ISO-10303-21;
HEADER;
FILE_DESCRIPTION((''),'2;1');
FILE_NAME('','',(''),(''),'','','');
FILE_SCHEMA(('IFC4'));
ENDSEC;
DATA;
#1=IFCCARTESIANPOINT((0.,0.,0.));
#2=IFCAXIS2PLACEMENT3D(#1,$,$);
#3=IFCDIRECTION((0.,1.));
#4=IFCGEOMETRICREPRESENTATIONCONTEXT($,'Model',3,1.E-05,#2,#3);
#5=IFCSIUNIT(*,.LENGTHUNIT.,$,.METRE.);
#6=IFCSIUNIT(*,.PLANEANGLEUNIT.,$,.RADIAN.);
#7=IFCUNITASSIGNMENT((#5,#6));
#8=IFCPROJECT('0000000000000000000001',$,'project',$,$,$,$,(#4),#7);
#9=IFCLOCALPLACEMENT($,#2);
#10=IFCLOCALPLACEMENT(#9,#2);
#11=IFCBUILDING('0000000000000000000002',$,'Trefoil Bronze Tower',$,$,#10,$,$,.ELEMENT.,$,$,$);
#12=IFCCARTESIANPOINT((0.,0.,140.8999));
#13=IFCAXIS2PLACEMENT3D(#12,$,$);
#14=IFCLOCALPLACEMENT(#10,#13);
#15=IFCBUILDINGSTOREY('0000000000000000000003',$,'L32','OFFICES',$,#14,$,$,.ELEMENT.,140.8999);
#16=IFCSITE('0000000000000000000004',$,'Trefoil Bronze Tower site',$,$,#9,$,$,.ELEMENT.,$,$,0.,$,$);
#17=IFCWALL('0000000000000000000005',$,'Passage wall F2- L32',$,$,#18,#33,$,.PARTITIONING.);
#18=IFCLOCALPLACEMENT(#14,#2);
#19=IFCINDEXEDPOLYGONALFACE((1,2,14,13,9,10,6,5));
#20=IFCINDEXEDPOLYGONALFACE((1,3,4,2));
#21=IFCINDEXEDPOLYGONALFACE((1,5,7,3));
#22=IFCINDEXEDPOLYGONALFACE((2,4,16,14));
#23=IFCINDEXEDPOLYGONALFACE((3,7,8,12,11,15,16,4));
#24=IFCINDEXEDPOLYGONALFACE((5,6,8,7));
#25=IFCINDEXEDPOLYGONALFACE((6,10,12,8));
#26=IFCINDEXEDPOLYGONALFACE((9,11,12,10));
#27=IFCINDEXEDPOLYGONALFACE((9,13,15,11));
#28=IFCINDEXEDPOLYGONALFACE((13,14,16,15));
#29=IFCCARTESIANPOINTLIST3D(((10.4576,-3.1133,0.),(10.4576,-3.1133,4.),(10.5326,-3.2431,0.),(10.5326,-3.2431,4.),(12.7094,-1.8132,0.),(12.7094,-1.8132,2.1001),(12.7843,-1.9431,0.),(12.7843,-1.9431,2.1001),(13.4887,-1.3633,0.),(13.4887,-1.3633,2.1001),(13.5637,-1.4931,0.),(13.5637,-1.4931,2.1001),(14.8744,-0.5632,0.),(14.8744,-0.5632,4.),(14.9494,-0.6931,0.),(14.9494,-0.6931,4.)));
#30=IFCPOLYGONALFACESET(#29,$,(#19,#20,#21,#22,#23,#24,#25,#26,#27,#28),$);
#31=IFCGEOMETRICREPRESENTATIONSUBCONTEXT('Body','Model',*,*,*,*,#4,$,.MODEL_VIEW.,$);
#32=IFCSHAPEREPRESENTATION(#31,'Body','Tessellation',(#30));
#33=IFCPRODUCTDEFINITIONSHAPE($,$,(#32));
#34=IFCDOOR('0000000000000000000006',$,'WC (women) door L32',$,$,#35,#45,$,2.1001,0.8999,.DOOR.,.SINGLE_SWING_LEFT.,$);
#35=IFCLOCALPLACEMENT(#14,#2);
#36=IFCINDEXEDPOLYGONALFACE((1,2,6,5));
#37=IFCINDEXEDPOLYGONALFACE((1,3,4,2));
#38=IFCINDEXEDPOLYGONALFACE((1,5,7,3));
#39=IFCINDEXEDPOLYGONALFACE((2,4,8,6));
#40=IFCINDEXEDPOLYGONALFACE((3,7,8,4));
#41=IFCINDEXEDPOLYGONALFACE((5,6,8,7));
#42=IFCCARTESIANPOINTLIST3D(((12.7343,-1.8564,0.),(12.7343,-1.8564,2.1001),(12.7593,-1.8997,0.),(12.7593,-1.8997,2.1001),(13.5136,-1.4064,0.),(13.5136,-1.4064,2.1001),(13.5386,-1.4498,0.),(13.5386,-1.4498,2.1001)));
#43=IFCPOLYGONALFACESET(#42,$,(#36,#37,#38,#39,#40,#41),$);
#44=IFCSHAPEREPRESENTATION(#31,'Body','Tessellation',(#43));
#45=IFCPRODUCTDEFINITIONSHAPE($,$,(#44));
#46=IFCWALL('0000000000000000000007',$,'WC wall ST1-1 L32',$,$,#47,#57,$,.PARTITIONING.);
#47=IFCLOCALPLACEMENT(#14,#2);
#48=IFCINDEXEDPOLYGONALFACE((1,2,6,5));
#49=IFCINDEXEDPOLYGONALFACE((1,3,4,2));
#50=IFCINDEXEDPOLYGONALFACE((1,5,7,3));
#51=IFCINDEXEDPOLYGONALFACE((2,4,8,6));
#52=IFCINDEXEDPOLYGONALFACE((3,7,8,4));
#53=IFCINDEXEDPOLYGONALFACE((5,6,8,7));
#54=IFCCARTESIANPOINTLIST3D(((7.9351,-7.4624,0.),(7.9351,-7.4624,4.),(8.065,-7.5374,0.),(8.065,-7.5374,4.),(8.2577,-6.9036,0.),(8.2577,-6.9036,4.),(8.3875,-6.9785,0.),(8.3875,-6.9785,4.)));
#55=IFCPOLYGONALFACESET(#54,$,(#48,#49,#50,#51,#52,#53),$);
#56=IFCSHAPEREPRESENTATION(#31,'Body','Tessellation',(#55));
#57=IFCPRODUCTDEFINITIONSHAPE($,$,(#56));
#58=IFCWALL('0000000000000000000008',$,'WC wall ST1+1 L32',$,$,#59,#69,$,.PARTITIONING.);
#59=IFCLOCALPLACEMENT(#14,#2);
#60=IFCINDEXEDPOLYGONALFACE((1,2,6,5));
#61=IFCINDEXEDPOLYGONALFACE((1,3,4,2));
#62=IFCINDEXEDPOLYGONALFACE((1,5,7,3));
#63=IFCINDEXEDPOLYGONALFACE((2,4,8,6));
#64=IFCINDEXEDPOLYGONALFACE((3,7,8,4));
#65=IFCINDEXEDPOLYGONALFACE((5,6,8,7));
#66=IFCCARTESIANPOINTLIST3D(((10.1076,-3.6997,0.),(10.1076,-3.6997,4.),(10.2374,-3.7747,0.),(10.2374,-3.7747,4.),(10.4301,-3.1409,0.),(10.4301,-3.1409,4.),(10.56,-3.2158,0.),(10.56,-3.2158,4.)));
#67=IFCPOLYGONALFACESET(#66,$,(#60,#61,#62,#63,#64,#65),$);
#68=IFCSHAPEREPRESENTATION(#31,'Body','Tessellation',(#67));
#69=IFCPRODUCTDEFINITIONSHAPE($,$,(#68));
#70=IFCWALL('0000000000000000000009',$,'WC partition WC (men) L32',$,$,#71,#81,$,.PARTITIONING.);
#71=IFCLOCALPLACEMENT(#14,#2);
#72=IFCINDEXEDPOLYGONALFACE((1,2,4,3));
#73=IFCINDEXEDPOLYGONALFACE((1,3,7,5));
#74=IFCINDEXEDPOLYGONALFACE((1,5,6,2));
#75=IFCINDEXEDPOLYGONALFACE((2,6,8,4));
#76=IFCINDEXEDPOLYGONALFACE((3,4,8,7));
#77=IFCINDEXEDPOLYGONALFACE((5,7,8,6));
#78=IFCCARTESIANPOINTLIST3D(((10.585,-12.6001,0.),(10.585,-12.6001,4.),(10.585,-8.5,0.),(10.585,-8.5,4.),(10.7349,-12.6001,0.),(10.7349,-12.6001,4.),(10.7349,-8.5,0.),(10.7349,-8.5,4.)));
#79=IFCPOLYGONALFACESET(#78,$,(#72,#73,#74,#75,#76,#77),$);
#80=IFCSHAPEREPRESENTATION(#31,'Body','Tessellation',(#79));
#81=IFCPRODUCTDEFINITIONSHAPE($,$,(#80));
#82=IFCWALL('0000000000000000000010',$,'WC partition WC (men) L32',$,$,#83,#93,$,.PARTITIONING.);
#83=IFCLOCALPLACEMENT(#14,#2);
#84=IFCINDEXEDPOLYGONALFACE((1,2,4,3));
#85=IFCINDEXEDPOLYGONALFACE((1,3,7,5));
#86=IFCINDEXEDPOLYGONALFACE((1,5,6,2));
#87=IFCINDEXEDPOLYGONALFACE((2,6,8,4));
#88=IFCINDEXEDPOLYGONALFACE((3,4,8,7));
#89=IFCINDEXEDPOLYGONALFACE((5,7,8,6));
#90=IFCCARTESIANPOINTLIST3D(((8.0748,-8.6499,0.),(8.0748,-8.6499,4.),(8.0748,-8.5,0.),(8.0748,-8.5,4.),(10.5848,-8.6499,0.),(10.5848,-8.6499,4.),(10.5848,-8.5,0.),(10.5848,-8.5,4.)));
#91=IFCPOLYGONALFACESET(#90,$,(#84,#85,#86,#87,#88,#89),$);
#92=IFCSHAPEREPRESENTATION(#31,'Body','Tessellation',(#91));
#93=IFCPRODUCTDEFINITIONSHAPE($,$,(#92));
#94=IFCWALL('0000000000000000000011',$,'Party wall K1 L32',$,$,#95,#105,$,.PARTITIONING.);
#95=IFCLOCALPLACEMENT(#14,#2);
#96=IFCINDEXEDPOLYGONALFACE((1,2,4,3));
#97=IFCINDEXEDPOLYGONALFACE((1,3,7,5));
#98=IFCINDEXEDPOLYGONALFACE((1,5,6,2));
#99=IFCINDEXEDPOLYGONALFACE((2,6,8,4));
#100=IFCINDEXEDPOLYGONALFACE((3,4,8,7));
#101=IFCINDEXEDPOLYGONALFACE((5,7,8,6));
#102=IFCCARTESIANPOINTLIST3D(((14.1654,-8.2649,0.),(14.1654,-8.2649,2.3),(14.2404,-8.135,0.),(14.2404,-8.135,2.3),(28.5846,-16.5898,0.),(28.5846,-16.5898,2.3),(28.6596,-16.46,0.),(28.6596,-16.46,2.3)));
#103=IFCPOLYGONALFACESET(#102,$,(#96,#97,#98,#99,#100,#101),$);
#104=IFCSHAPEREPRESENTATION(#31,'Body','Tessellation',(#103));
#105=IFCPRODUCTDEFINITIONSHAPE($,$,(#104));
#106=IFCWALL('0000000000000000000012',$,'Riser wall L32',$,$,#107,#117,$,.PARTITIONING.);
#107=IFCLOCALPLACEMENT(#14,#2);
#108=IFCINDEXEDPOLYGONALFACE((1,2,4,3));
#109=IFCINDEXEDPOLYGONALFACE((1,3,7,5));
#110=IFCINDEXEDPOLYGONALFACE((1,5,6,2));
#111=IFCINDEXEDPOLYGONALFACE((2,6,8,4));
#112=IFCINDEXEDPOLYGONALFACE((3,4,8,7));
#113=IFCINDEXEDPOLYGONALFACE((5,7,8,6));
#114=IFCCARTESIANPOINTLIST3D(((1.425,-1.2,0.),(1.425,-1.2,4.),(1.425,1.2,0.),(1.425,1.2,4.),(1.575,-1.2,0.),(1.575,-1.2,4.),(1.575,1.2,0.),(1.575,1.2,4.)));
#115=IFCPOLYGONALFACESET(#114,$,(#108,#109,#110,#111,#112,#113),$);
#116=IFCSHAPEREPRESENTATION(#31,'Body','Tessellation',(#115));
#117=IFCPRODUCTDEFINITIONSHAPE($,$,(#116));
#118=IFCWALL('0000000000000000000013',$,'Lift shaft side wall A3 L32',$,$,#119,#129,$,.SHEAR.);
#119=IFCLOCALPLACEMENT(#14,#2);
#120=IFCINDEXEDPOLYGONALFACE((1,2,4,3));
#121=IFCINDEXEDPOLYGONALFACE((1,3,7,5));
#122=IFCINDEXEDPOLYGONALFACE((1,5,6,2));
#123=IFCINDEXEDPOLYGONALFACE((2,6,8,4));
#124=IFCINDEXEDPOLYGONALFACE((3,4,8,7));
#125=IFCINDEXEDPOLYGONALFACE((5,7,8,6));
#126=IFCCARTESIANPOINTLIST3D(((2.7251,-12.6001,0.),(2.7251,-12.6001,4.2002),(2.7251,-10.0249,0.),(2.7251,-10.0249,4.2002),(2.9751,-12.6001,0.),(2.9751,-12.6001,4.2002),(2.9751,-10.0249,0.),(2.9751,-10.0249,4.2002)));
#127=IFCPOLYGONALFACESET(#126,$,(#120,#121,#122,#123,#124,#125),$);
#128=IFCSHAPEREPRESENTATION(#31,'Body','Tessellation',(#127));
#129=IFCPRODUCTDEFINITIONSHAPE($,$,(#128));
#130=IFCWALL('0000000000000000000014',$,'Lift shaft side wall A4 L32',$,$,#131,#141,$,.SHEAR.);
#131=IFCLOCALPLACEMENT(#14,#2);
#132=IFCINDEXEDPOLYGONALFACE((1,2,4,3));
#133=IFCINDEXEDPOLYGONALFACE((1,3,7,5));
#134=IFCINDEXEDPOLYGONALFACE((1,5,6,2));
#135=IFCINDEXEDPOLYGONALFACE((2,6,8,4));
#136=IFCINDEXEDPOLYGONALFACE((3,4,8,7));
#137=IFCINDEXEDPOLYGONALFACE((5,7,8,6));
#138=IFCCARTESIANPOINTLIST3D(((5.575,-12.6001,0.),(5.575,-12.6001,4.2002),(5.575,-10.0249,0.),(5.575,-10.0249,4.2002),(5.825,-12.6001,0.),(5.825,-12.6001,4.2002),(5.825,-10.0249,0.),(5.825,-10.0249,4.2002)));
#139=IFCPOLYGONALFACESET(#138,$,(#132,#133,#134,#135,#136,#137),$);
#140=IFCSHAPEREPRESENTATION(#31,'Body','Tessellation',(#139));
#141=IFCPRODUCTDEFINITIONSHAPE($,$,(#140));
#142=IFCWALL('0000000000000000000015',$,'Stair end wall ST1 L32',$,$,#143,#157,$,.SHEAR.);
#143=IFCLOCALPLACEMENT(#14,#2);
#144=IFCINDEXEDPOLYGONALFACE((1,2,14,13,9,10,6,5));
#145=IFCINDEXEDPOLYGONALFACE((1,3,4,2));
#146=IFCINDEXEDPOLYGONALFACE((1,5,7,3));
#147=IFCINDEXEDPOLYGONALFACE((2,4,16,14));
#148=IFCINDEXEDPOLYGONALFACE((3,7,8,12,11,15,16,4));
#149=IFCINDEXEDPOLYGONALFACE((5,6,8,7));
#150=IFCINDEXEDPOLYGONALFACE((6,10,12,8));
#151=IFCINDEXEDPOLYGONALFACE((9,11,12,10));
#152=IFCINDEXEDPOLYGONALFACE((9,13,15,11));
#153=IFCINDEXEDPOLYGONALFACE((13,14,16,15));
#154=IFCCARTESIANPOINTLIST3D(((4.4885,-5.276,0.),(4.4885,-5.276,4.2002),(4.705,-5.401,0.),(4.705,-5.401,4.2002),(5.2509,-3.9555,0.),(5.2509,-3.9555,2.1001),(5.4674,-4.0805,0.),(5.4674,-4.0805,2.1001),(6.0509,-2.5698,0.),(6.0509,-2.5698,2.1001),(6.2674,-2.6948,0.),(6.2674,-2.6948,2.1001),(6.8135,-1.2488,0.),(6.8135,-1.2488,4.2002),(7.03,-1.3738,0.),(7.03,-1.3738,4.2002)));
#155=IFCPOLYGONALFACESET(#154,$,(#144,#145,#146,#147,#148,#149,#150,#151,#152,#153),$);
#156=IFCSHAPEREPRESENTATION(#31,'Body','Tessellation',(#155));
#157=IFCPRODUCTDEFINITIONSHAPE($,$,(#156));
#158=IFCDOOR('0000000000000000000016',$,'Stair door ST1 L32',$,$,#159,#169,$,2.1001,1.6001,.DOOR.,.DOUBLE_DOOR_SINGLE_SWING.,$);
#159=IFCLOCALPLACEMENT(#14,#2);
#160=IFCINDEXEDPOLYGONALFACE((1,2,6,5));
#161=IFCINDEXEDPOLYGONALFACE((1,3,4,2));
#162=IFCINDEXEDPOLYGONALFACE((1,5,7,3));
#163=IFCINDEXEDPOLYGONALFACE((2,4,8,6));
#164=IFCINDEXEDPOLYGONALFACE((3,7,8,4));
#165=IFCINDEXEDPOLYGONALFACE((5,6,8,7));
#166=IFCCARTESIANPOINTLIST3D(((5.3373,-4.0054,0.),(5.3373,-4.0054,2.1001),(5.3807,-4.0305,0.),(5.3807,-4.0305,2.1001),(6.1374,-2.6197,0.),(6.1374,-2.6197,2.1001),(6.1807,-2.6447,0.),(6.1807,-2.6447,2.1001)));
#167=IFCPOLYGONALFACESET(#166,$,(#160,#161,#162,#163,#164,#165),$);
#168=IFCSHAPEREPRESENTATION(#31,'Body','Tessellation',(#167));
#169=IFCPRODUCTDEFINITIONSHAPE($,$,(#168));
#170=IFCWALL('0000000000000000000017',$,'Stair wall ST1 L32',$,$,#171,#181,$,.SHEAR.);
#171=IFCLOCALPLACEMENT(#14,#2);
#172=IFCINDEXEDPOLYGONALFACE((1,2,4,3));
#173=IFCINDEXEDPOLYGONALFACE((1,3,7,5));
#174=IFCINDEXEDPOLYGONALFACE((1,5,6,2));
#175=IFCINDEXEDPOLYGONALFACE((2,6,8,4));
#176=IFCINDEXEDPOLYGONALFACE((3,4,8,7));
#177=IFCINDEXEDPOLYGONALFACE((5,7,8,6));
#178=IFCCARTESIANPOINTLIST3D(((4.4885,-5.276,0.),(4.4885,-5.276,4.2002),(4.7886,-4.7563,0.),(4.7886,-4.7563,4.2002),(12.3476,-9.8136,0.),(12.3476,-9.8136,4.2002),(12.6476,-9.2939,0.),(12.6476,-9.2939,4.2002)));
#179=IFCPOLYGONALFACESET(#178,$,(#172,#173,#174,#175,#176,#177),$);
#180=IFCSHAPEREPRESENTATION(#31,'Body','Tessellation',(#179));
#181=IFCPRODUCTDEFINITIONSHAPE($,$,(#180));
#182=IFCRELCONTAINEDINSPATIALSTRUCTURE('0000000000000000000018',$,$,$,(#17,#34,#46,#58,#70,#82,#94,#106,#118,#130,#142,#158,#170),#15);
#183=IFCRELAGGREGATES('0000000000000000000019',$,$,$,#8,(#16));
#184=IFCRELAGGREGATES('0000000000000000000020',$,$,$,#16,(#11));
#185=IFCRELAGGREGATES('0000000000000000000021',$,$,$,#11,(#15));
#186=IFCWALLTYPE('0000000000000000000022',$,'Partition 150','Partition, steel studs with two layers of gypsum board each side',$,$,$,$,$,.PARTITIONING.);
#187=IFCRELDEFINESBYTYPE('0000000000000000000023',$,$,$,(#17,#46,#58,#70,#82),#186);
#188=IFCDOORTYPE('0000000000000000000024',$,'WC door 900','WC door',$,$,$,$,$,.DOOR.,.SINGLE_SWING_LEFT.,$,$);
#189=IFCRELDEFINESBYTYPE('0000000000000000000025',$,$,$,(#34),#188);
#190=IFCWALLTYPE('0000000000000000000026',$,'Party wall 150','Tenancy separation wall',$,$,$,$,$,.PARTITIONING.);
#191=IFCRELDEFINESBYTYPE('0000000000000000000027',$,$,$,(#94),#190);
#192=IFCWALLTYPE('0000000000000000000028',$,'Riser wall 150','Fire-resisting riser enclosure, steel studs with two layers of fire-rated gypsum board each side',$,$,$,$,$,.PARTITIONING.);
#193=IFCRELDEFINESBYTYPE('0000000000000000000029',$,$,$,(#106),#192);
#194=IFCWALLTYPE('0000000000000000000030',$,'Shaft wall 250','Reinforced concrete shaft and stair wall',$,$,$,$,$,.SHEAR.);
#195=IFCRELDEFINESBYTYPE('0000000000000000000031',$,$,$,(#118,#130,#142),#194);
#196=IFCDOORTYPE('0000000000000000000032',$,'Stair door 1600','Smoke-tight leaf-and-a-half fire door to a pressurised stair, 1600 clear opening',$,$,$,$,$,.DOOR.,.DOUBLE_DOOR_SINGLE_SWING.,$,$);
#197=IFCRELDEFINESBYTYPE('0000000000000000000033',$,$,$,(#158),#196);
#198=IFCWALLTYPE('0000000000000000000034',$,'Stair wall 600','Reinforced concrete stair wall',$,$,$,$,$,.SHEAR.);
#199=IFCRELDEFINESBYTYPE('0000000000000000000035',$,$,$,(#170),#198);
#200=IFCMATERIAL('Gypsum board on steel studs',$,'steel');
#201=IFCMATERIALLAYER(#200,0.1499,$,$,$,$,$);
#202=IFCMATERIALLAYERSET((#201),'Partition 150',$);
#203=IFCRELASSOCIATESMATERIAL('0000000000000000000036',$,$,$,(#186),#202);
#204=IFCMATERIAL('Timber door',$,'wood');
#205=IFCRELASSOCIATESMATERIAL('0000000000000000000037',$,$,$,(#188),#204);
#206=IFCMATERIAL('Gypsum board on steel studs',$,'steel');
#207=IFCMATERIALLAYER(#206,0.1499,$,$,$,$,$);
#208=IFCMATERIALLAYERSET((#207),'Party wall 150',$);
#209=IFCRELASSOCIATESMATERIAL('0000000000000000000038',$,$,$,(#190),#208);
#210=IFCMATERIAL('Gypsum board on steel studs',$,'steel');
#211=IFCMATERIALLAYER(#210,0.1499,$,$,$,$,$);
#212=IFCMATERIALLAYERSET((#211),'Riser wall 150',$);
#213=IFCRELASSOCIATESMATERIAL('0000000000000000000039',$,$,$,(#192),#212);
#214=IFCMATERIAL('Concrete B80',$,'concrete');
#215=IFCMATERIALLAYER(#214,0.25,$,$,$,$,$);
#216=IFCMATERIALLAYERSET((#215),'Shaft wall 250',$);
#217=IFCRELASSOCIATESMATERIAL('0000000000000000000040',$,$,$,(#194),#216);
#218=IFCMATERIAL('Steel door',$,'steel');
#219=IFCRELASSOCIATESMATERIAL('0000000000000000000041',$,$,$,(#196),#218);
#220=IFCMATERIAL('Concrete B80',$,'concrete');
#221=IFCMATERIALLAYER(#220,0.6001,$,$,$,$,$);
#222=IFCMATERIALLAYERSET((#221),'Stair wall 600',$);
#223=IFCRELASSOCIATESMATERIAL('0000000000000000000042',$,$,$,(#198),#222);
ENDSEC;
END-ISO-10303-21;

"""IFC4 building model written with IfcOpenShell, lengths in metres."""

from ifc_helpers import new_model, si_unit, direction, frame, frame_2d, origin, place, context, subcontext, project, spatial, rectangle, extrude, material, layer, layer_set, type_object, element, fill, save


model = new_model("IFC4")

# Units and contexts
model_context = context("Model", 3, precision=1e-05, world=origin(), true_north=direction((0.0, 1.0)))
body_context = subcontext(model_context, "Body", "Model", "MODEL_VIEW")
ifc_project = project(units=[si_unit("LENGTHUNIT", "METRE"), si_unit("PLANEANGLEUNIT", "RADIAN")], contexts=[model_context])

# Site, building, storey
site_placement = place(None, origin())
site = spatial("IfcSite", under=ifc_project, at=site_placement, Name="Trefoil Bronze Tower site", CompositionType="ELEMENT", RefElevation=0.0)
building_placement = place(site_placement, origin())
building = spatial("IfcBuilding", under=site, at=building_placement, Name="Trefoil Bronze Tower", CompositionType="ELEMENT")
storey_placement = place(building_placement, frame((0.0, 0.0, 140.8999)))
storey = spatial("IfcBuildingStorey", under=building, at=storey_placement, Name="L32", Description="OFFICES", CompositionType="ELEMENT", Elevation=140.8999)

# Wall, opening, door
ifc_material_1 = material(Name="Gypsum board on steel studs", Category="steel")
ifc_layer_1 = layer(ifc_material_1, 0.1499)
ifc_layer_set_1 = layer_set([ifc_layer_1], Name="Partition 150")
wall_type_1 = type_object("IfcWallType", Name="Partition 150", Description="Partition, steel studs with two layers of gypsum board each side", PredefinedType="PARTITIONING", material=ifc_layer_set_1)
ifc_material_2 = material(Name="Timber door", Category="wood")
door_type_1 = type_object("IfcDoorType", Name="WC door 900", Description="WC door", OperationType="SINGLE_SWING_LEFT", PredefinedType="DOOR", material=ifc_material_2)
wall_1_placement = place(storey_placement, frame((10.4951, -3.1782, 0.0), z_axis=(0.0, 0.0, 1.0), x_axis=(0.866022, 0.500006, 0.0)))
wall_1 = element("IfcWall", 1, at=wall_1_placement, inside=storey, type_object=wall_type_1, Name="Passage wall F2- L32", PredefinedType="PARTITIONING", context=body_context, shape_type="SweptSolid", body=[
    extrude(rectangle(XDim=5.1001, YDim=0.1499, at=frame_2d((2.55, 0.0))), origin(), (0.0, 0.0, 1.0), 4.0),
])
opening_1_placement = place(wall_1_placement, frame((2.6001, 0.0, 0.0)))
opening_1 = element("IfcOpeningElement", 2, at=opening_1_placement, cuts=wall_1, PredefinedType="OPENING", context=body_context, shape_type="SweptSolid", body=[
    extrude(rectangle(XDim=0.8999, YDim=2.1001, at=frame_2d((0.45, 1.05))), frame((0.0, 0.085, 0.0), z_axis=(0.0, -1.0, 0.0), x_axis=(1.0, 0.0, 0.0)), (0.0, 0.0, 1.0), 0.1699),
])
door_1_placement = place(opening_1_placement, frame((0.8999, 0.0, 0.0), z_axis=(0.0, 0.0, 1.0), x_axis=(-1.0, 0.0, 0.0)))
door_1 = element("IfcDoor", 3, at=door_1_placement, inside=storey, type_object=door_type_1, Name="WC (women) door L32", OperationType="SINGLE_SWING_LEFT", OverallHeight=2.1001, OverallWidth=0.8999, PredefinedType="DOOR", context=body_context, shape_type="SweptSolid", body=[
    extrude(rectangle(XDim=0.8999, YDim=2.1001, at=frame_2d((0.45, 1.05))), frame((0.0, 0.0249, 0.0), z_axis=(0.0, -1.0, 0.0), x_axis=(1.0, 0.0, 0.0)), (0.0, 0.0, 1.0), 0.05),
])
fill(opening_1, door_1)

# Walls
for number, where, z_axis, x_axis, name in (
    (4, (8.0, -7.5, 0.0), (0.0, 0.0, 1.0), (0.499843, 0.866116, 0.0), "WC wall ST1-1 L32"),
    (5, (10.4951, -3.1782, 0.0), (0.0, 0.0, 1.0), (-0.499843, -0.866116, 0.0), "WC wall ST1+1 L32"),
):
    element("IfcWall", number, at=place(storey_placement, frame(where, z_axis=z_axis, x_axis=x_axis)), inside=storey, type_object=wall_type_1, Name=name, PredefinedType="PARTITIONING", context=body_context, shape_type="SweptSolid", body=[
        extrude(rectangle(XDim=0.6453, YDim=0.1499, at=frame_2d((0.3228, 0.0))), origin(), (0.0, 0.0, 1.0), 4.0),
    ])
wall_2_placement = place(storey_placement, frame((10.6599, -8.5, 0.0), z_axis=(0.0, 0.0, 1.0), x_axis=(0.0, -1.0, 0.0)))
element("IfcWall", 6, at=wall_2_placement, inside=storey, type_object=wall_type_1, Name="WC partition WC (men) L32", PredefinedType="PARTITIONING", context=body_context, shape_type="SweptSolid", body=[
    extrude(rectangle(XDim=4.1001, YDim=0.1499, at=frame_2d((2.05, 0.0))), origin(), (0.0, 0.0, 1.0), 4.0),
])
wall_3_placement = place(storey_placement, frame((8.075, -8.575, 0.0), z_axis=(0.0, 0.0, 1.0), x_axis=(1.0, 0.0, 0.0)))
element("IfcWall", 7, at=wall_3_placement, inside=storey, type_object=wall_type_1, Name="WC partition WC (men) L32", PredefinedType="PARTITIONING", context=body_context, shape_type="SweptSolid", body=[
    extrude(rectangle(XDim=2.51, YDim=0.1499, at=frame_2d((1.2549, 0.0))), origin(), (0.0, 0.0, 1.0), 4.0),
])
ifc_material_3 = material(Name="Gypsum board on steel studs", Category="steel")
ifc_layer_2 = layer(ifc_material_3, 0.1499)
ifc_layer_set_2 = layer_set([ifc_layer_2], Name="Party wall 150")
wall_type_2 = type_object("IfcWallType", Name="Party wall 150", Description="Tenancy separation wall", PredefinedType="PARTITIONING", material=ifc_layer_set_2)
wall_4_placement = place(storey_placement, frame((14.2029, -8.2, 0.0), z_axis=(0.0, 0.0, 1.0), x_axis=(0.866025, -0.500001, 0.0)))
element("IfcWall", 8, at=wall_4_placement, inside=storey, type_object=wall_type_2, Name="Party wall K1 L32", PredefinedType="PARTITIONING", context=body_context, shape_type="SweptSolid", body=[
    extrude(rectangle(XDim=16.6499, YDim=0.1499, at=frame_2d((8.325, 0.0))), origin(), (0.0, 0.0, 1.0), 2.3),
])
ifc_material_4 = material(Name="Gypsum board on steel studs", Category="steel")
ifc_layer_3 = layer(ifc_material_4, 0.1499)
ifc_layer_set_3 = layer_set([ifc_layer_3], Name="Riser wall 150")
wall_type_3 = type_object("IfcWallType", Name="Riser wall 150", Description="Fire-resisting riser enclosure, steel studs with two layers of fire-rated gypsum board each side", PredefinedType="PARTITIONING", material=ifc_layer_set_3)
wall_5_placement = place(storey_placement, frame((1.5, -1.2, 0.0), z_axis=(0.0, 0.0, 1.0), x_axis=(0.0, 1.0, 0.0)))
element("IfcWall", 9, at=wall_5_placement, inside=storey, type_object=wall_type_3, Name="Riser wall L32", PredefinedType="PARTITIONING", context=body_context, shape_type="SweptSolid", body=[
    extrude(rectangle(XDim=2.3999, YDim=0.1499, at=frame_2d((1.2, 0.0))), origin(), (0.0, 0.0, 1.0), 4.0),
])
ifc_material_5 = material(Name="Concrete B80", Category="concrete")
ifc_layer_4 = layer(ifc_material_5, 0.25)
ifc_layer_set_4 = layer_set([ifc_layer_4], Name="Shaft wall 250")
wall_type_4 = type_object("IfcWallType", Name="Shaft wall 250", Description="Reinforced concrete shaft and stair wall", PredefinedType="SHEAR", material=ifc_layer_set_4)
for number, where, z_axis, x_axis, name in (
    (10, (2.8501, -10.0249, 0.0), (0.0, 0.0, 1.0), (0.0, -1.0, 0.0), "Lift shaft side wall A3 L32"),
    (11, (5.7, -10.0249, 0.0), (0.0, 0.0, 1.0), (0.0, -1.0, 0.0), "Lift shaft side wall A4 L32"),
):
    element("IfcWall", number, at=place(storey_placement, frame(where, z_axis=z_axis, x_axis=x_axis)), inside=storey, type_object=wall_type_4, Name=name, PredefinedType="SHEAR", context=body_context, shape_type="SweptSolid", body=[
        extrude(rectangle(XDim=2.5752, YDim=0.25, at=frame_2d((1.2876, 0.0))), origin(), (0.0, 0.0, 1.0), 4.2002),
    ])

# Wall, opening, door
wall_6_placement = place(storey_placement, frame((4.5967, -5.3386, 0.0), z_axis=(0.0, 0.0, 1.0), x_axis=(0.499985, 0.866034, 0.0)))
wall_6 = element("IfcWall", 12, at=wall_6_placement, inside=storey, type_object=wall_type_4, Name="Stair end wall ST1 L32", PredefinedType="SHEAR", context=body_context, shape_type="SweptSolid", body=[
    extrude(rectangle(XDim=4.6501, YDim=0.25, at=frame_2d((2.3252, 0.0))), origin(), (0.0, 0.0, 1.0), 4.2002),
])
opening_2_placement = place(wall_6_placement, frame((1.5249, 0.0, 0.0)))
opening_2 = element("IfcOpeningElement", 13, at=opening_2_placement, cuts=wall_6, PredefinedType="OPENING", context=body_context, shape_type="SweptSolid", body=[
    extrude(rectangle(XDim=1.6001, YDim=2.1001, at=frame_2d((0.8, 1.05))), frame((0.0, 0.135, 0.0), z_axis=(0.0, -1.0, 0.0), x_axis=(1.0, 0.0, 0.0)), (0.0, 0.0, 1.0), 0.27),
])
ifc_material_6 = material(Name="Steel door", Category="steel")
door_type_2 = type_object("IfcDoorType", Name="Stair door 1600", Description="Smoke-tight leaf-and-a-half fire door to a pressurised stair, 1600 clear opening", OperationType="DOUBLE_DOOR_SINGLE_SWING", PredefinedType="DOOR", material=ifc_material_6)
door_2_placement = place(opening_2_placement, frame((1.6001, 0.0, 0.0), z_axis=(0.0, 0.0, 1.0), x_axis=(-1.0, 0.0, 0.0)))
door_2 = element("IfcDoor", 14, at=door_2_placement, inside=storey, type_object=door_type_2, Name="Stair door ST1 L32", OperationType="DOUBLE_DOOR_SINGLE_SWING", OverallHeight=2.1001, OverallWidth=1.6001, PredefinedType="DOOR", context=body_context, shape_type="SweptSolid", body=[
    extrude(rectangle(XDim=1.6001, YDim=2.1001, at=frame_2d((0.8, 1.05))), frame((0.0, 0.0249, 0.0), z_axis=(0.0, -1.0, 0.0), x_axis=(1.0, 0.0, 0.0)), (0.0, 0.0, 1.0), 0.05),
])
fill(opening_2, door_2)

# Wall
ifc_material_7 = material(Name="Concrete B80", Category="concrete")
ifc_layer_5 = layer(ifc_material_7, 0.6001)
ifc_layer_set_5 = layer_set([ifc_layer_5], Name="Stair wall 600")
wall_type_5 = type_object("IfcWallType", Name="Stair wall 600", Description="Reinforced concrete stair wall", PredefinedType="SHEAR", material=ifc_layer_set_5)
for number, where, z_axis, x_axis, name in (
    (15, (4.6384, -5.0161, 0.0), (0.0, 0.0, 1.0), (0.866019, -0.50001, 0.0), "Stair wall ST1 L32"),
):
    element("IfcWall", number, at=place(storey_placement, frame(where, z_axis=z_axis, x_axis=x_axis)), inside=storey, type_object=wall_type_5, Name=name, PredefinedType="SHEAR", context=body_context, shape_type="SweptSolid", body=[
        extrude(rectangle(XDim=9.075, YDim=0.6001, at=frame_2d((4.5376, 0.0))), origin(), (0.0, 0.0, 1.0), 4.2002),
    ])

save(model, "model.ifc")
